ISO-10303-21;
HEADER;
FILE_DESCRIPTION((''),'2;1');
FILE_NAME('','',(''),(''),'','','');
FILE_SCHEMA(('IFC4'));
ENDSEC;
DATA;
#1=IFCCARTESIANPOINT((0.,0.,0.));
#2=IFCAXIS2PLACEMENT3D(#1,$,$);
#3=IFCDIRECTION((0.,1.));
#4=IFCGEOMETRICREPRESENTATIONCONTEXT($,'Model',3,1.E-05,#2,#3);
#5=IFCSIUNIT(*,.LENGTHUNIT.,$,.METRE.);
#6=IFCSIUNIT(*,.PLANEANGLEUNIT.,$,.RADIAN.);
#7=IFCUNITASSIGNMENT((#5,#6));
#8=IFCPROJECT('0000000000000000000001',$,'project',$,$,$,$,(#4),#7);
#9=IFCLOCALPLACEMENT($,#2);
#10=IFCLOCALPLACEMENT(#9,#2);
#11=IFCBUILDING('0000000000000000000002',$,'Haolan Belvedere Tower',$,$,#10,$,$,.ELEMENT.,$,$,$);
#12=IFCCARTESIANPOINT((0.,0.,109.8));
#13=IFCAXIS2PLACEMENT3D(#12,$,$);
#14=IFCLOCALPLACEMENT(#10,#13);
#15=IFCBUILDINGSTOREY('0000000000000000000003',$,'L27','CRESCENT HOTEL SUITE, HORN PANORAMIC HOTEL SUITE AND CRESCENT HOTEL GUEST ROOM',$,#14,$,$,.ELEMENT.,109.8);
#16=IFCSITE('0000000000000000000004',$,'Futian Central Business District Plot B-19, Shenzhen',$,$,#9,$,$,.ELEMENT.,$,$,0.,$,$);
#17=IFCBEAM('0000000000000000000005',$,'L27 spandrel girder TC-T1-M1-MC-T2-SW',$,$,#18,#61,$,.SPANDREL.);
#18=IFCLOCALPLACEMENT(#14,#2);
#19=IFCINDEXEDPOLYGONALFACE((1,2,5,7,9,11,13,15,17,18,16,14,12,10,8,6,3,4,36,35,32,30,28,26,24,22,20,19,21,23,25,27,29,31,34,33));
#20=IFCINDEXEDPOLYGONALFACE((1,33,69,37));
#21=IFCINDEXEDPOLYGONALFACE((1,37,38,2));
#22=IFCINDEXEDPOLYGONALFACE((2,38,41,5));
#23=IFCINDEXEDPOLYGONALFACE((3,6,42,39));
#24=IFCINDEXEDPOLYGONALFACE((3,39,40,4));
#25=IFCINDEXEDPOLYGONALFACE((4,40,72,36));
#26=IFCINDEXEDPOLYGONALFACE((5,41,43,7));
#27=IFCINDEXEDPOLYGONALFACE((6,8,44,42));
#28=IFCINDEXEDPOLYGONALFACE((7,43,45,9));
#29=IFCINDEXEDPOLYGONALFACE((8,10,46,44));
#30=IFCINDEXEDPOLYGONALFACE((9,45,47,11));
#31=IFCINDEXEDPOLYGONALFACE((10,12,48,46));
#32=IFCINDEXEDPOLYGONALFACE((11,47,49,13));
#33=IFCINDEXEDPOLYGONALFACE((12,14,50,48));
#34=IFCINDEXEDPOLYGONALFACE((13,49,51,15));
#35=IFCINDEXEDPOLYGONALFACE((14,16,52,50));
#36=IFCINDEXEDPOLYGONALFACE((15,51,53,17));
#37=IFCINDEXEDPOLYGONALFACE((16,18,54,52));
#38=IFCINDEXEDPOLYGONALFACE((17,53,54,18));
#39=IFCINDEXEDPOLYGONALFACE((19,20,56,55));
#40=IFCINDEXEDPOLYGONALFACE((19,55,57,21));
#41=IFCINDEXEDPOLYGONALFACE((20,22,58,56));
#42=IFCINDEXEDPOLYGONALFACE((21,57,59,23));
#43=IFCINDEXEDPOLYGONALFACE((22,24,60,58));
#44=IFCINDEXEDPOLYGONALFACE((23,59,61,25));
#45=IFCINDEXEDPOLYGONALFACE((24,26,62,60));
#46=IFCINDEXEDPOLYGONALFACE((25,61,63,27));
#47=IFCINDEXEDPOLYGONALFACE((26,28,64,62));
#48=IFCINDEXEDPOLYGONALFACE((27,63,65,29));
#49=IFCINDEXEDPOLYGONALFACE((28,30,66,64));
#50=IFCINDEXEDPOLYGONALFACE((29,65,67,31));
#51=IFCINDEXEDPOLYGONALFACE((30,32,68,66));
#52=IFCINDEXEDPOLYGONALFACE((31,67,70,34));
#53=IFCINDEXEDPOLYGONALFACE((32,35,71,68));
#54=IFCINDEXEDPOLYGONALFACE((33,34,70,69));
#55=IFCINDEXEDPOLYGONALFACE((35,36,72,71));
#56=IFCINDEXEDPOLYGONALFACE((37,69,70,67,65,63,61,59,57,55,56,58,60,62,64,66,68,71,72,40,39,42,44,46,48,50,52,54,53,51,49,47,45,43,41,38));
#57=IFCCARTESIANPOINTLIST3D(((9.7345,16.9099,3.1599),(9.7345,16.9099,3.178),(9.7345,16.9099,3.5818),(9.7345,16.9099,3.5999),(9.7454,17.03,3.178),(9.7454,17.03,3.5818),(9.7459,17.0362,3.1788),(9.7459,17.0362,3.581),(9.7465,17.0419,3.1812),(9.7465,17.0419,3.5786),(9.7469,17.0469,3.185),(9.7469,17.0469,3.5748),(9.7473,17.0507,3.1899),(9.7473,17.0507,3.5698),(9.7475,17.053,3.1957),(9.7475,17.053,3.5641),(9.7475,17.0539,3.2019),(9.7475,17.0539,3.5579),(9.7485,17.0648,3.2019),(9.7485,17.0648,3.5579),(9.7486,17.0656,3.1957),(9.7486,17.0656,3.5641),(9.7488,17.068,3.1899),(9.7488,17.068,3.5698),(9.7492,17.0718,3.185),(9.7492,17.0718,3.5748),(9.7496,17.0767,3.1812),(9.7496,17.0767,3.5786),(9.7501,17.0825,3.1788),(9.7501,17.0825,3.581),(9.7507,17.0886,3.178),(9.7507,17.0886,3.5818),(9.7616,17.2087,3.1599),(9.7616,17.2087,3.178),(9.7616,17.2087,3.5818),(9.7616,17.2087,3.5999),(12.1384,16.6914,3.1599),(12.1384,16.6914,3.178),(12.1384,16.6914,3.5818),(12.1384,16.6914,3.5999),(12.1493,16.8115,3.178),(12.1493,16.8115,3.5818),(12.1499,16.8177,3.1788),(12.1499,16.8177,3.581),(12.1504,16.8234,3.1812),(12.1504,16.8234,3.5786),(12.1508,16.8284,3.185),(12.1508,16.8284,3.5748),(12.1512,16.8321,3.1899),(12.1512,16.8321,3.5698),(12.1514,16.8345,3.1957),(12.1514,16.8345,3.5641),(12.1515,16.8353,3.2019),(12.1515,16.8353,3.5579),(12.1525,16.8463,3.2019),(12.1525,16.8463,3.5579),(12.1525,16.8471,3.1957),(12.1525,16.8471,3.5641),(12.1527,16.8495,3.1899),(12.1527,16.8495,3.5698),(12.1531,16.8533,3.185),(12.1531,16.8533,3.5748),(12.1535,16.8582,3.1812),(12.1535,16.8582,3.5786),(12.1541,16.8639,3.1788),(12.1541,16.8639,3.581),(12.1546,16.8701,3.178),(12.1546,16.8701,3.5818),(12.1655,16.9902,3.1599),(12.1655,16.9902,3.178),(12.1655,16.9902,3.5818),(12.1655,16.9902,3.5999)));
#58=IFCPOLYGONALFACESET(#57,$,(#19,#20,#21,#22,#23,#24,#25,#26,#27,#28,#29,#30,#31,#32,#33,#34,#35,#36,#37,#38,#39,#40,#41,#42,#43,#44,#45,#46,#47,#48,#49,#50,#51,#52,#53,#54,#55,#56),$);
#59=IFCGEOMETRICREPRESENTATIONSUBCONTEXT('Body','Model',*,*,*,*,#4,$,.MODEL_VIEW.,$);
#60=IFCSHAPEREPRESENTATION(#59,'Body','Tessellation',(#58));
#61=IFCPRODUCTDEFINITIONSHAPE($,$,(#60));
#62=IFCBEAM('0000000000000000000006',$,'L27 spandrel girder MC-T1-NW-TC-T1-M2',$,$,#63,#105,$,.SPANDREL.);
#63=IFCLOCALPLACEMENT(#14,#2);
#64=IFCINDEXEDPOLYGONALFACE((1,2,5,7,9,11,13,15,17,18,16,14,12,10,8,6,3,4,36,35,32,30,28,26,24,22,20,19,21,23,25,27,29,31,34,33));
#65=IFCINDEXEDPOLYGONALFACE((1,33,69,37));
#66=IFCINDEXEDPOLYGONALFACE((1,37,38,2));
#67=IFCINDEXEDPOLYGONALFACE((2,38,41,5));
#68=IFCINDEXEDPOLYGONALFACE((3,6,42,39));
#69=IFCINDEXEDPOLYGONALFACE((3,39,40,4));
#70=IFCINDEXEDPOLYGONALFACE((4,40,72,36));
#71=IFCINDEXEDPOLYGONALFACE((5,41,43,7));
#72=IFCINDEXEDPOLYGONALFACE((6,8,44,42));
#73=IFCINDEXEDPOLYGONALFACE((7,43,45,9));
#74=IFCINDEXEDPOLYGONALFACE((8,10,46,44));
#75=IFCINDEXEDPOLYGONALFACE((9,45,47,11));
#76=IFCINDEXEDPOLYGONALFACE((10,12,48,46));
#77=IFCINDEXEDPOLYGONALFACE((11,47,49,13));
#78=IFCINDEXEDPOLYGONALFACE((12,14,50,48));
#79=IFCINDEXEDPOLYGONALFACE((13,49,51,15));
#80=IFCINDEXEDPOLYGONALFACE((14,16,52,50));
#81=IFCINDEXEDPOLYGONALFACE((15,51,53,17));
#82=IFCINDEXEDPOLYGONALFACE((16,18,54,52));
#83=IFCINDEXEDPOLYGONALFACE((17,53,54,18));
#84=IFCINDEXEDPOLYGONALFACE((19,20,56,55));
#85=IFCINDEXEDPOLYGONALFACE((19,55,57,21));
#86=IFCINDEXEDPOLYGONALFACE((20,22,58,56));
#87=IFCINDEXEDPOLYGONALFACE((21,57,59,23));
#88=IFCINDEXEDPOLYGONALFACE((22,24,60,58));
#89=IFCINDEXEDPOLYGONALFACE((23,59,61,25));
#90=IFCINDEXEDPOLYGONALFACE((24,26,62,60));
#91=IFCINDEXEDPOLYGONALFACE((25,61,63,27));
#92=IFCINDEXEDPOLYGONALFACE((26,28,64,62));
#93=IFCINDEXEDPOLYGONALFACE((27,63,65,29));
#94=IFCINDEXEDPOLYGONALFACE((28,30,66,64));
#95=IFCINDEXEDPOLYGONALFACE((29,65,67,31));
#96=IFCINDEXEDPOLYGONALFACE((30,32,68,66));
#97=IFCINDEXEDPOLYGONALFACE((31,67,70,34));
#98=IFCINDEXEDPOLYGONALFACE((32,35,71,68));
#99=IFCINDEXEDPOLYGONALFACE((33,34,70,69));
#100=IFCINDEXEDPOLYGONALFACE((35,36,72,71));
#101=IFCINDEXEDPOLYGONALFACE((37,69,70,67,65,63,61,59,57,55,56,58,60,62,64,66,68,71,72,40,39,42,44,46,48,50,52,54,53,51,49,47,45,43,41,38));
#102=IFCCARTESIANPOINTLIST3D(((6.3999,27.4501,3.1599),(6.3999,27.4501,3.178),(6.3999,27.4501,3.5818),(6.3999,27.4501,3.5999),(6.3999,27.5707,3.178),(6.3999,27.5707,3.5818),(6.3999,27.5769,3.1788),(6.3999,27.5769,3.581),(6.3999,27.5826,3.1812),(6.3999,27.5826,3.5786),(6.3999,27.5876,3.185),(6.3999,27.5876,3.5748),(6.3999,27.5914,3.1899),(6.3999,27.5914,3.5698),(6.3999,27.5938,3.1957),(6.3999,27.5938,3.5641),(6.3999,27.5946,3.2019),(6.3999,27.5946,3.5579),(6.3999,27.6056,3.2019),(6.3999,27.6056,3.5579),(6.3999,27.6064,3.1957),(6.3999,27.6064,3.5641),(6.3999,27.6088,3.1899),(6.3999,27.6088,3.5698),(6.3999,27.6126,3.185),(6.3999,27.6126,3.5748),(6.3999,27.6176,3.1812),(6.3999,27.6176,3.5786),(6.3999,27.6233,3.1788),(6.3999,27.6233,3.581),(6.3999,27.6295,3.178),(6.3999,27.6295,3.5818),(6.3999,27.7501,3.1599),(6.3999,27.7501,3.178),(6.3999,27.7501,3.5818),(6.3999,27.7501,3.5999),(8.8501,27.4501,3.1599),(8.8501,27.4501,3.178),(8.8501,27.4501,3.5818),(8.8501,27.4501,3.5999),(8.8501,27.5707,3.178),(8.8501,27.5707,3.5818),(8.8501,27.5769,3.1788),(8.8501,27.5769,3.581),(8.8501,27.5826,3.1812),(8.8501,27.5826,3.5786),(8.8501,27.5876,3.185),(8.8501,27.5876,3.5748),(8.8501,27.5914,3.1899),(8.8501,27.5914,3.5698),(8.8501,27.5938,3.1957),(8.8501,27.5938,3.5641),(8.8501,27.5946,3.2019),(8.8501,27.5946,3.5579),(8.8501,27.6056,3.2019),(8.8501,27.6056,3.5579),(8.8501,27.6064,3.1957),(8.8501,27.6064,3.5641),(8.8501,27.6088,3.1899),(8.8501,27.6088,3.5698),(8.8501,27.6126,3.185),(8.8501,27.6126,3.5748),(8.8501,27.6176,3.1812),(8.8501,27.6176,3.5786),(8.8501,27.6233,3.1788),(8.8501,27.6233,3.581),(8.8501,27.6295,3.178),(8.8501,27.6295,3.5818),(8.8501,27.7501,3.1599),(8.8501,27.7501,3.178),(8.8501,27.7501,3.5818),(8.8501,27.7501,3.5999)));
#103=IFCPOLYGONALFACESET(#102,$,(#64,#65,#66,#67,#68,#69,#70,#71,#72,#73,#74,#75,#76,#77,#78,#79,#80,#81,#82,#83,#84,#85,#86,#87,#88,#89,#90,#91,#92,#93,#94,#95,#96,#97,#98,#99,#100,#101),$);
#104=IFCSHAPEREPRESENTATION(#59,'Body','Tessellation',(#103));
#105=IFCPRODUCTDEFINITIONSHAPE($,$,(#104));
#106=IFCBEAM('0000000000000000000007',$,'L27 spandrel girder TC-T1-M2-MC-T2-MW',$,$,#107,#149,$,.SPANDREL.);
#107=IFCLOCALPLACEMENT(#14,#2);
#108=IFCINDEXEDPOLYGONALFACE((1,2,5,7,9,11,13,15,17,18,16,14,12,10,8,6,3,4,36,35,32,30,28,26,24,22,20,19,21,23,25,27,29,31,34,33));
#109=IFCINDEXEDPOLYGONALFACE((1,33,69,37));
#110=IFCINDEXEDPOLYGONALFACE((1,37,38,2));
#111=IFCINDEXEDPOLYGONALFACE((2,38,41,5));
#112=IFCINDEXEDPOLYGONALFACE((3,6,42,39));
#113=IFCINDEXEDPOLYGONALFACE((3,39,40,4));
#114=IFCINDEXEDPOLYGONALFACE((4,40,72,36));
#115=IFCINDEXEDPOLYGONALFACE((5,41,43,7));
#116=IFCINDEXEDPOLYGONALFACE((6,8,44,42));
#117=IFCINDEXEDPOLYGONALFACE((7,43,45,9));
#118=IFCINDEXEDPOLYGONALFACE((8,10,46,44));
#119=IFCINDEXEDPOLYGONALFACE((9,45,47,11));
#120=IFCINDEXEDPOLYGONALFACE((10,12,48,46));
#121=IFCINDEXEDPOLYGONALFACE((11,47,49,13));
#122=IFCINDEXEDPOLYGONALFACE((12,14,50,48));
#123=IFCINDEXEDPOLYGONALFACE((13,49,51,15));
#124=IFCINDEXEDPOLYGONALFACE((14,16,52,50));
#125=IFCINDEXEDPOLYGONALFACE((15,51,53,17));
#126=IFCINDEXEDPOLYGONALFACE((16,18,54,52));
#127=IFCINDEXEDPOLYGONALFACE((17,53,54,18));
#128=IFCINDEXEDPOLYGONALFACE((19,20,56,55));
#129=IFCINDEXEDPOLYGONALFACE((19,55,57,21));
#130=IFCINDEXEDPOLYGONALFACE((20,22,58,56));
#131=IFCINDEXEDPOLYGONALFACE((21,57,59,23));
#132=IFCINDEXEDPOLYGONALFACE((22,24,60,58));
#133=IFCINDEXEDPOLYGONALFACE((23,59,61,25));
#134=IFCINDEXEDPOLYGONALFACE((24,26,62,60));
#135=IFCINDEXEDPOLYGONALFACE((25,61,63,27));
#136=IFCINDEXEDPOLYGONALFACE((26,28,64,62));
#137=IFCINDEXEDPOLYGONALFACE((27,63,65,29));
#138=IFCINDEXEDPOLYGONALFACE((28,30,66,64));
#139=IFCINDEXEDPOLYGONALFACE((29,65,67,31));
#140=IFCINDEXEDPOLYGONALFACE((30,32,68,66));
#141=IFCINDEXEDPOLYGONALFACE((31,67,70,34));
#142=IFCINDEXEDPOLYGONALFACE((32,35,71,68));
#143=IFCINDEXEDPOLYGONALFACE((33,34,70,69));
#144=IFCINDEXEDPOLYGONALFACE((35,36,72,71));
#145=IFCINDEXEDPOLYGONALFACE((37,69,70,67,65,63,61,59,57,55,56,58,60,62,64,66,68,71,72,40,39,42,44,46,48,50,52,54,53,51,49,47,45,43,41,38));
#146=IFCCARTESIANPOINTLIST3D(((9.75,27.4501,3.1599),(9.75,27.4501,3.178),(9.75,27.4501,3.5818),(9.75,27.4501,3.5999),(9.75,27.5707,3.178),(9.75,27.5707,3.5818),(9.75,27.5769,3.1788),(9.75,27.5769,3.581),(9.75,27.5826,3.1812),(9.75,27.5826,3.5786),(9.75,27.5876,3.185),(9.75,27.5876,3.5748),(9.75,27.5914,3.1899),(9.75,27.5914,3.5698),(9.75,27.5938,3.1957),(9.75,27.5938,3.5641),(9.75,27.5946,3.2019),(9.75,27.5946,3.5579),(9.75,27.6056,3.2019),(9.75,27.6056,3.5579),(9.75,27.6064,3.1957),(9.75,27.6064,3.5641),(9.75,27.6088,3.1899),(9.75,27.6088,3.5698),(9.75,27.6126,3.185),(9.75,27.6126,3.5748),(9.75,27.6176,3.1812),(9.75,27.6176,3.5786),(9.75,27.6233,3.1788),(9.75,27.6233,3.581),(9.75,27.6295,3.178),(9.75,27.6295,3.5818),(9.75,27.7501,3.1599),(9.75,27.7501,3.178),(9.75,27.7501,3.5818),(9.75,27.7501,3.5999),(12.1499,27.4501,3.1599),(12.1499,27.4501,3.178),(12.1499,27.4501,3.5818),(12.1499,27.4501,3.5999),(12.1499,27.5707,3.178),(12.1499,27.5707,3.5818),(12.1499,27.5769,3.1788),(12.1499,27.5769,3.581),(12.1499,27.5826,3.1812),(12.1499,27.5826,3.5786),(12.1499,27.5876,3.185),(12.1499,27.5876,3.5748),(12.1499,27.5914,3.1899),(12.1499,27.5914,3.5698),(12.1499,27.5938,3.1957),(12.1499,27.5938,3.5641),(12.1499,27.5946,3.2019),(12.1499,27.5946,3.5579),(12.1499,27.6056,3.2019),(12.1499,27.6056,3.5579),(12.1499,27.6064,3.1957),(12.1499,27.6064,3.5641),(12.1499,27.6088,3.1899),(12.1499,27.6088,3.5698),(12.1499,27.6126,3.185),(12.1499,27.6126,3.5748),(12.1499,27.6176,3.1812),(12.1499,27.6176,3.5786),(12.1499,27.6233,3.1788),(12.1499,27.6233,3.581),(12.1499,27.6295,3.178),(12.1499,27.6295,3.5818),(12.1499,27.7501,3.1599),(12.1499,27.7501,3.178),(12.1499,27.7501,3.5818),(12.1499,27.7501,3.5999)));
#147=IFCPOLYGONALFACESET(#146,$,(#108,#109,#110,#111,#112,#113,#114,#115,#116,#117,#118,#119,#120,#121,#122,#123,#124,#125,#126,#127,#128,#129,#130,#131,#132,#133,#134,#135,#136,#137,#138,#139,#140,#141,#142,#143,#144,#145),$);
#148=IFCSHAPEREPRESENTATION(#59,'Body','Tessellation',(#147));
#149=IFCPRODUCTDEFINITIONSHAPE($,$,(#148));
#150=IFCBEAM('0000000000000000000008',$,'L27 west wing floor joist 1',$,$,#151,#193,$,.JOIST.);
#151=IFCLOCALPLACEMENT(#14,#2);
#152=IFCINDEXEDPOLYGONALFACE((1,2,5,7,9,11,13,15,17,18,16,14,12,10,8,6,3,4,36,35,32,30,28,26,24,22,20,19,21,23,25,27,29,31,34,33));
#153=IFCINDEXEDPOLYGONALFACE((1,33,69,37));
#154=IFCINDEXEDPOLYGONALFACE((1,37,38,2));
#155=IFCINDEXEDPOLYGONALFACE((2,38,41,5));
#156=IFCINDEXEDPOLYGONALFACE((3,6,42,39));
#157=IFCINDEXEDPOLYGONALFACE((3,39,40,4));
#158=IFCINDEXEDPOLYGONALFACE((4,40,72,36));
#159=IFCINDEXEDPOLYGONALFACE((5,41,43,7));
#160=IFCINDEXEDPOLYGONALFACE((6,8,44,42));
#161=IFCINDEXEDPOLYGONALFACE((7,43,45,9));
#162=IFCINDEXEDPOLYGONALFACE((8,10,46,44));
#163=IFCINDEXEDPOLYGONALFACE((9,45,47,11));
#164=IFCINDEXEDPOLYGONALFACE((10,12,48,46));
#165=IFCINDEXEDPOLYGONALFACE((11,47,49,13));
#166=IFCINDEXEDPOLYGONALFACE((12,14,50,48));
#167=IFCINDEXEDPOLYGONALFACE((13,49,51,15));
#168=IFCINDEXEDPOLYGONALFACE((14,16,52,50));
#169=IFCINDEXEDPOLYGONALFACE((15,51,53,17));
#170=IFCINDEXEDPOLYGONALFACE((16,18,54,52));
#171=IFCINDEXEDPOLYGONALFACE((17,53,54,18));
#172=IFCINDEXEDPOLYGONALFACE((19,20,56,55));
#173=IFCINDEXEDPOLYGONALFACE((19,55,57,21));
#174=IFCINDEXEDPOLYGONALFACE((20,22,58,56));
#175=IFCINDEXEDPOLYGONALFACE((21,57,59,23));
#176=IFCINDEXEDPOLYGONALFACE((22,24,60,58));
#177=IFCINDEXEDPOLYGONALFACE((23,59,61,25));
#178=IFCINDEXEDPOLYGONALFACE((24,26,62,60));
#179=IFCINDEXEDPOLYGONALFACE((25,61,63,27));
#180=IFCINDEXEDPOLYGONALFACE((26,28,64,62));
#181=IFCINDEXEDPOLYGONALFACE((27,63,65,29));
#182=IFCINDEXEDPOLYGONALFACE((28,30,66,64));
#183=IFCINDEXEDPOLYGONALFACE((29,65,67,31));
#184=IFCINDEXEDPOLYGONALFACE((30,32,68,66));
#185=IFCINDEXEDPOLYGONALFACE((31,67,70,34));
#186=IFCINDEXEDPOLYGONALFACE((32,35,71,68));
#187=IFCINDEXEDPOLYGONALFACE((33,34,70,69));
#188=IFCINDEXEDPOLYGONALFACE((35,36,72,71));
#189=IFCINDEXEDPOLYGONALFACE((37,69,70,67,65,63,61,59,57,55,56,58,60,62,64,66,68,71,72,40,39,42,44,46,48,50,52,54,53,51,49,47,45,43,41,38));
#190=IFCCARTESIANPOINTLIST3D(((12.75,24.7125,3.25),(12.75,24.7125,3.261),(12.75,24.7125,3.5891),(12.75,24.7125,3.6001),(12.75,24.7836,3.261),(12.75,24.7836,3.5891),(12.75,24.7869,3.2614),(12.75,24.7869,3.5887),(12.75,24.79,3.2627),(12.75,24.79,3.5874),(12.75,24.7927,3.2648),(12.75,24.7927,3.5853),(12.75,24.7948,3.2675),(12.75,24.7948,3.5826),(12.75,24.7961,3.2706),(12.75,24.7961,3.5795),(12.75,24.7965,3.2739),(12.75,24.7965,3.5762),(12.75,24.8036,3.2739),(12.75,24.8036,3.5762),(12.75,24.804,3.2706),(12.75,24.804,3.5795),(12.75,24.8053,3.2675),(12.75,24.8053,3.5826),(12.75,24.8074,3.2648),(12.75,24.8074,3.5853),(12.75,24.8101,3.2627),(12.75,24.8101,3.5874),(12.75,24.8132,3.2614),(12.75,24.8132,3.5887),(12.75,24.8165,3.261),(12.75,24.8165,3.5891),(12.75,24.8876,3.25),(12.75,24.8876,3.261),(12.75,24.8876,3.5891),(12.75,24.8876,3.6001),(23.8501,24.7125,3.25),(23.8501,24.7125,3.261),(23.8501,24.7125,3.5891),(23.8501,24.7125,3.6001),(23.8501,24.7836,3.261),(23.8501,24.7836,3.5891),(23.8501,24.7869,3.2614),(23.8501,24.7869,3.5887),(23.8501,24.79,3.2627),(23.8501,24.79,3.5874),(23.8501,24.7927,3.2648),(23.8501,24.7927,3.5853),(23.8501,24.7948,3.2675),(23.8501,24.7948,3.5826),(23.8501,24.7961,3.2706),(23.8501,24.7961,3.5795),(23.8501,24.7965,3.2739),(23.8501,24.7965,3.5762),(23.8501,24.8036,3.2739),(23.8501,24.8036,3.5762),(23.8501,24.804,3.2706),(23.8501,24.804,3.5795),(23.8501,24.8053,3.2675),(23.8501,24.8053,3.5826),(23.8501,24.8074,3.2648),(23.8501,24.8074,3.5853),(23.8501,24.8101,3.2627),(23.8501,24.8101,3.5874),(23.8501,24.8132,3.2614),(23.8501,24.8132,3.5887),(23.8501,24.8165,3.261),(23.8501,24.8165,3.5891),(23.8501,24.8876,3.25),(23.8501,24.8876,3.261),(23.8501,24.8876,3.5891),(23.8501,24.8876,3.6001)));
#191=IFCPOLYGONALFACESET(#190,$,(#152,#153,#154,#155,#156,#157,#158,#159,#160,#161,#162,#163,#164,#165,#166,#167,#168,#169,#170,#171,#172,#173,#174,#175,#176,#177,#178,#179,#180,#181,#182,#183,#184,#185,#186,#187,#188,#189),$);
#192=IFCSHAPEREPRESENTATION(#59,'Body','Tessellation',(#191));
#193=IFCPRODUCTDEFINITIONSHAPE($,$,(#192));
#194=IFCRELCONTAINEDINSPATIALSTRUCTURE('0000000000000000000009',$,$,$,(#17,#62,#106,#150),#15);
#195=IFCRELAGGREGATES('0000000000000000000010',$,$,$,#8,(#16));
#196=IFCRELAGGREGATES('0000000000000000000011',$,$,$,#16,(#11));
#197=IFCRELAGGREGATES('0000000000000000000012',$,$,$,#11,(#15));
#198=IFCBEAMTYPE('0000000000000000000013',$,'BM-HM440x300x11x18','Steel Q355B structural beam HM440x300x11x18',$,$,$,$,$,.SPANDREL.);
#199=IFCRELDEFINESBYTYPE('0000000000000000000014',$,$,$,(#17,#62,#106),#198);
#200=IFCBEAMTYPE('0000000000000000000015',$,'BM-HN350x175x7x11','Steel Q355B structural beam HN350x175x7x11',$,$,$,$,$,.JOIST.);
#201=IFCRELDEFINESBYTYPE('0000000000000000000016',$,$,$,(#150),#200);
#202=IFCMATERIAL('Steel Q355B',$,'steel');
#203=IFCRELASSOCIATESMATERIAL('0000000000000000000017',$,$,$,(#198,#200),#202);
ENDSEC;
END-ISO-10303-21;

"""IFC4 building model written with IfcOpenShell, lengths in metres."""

from ifc_helpers import new_model, si_unit, direction, frame, origin, origin_2d, place, context, subcontext, project, spatial, i_section, extrude, material, material_profile, profile_set, type_object, element, save


model = new_model("IFC4")

# Units and contexts
model_context = context("Model", 3, precision=1e-05, world=origin(), true_north=direction((0.0, 1.0)))
body_context = subcontext(model_context, "Body", "Model", "MODEL_VIEW")
ifc_project = project(units=[si_unit("LENGTHUNIT", "METRE"), si_unit("PLANEANGLEUNIT", "RADIAN")], contexts=[model_context])

# Site, building, storey
site_placement = place(None, origin())
site = spatial("IfcSite", under=ifc_project, at=site_placement, Name="Futian Central Business District Plot B-19, Shenzhen", CompositionType="ELEMENT", RefElevation=0.0)
building_placement = place(site_placement, origin())
building = spatial("IfcBuilding", under=site, at=building_placement, Name="Haolan Belvedere Tower", CompositionType="ELEMENT")
storey_placement = place(building_placement, frame((0.0, 0.0, 109.8)))
storey = spatial("IfcBuildingStorey", under=building, at=storey_placement, Name="L27", Description="CRESCENT HOTEL SUITE, HORN PANORAMIC HOTEL SUITE AND CRESCENT HOTEL GUEST ROOM", CompositionType="ELEMENT", Elevation=109.8)

# Beams
ifc_material_1 = material(Name="Steel Q355B", Category="steel")
ifc_material_profile_1 = material_profile(ifc_material_1, i_section(OverallWidth=0.3, OverallDepth=0.4399, WebThickness=0.011, FlangeThickness=0.0181, FilletRadius=0.0239, at=origin_2d()), Name="Steel Q355B")
ifc_profile_set_1 = profile_set([ifc_material_profile_1], Name="Steel Q355B")
beam_type_1 = type_object("IfcBeamType", Name="BM-HM440x300x11x18", Description="Steel Q355B structural beam HM440x300x11x18", PredefinedType="SPANDREL", material=ifc_profile_set_1)
beam_1_placement = place(storey_placement, frame((9.748, 17.0593, 3.3799), z_axis=(0.995894, -0.090527, 0.0), x_axis=(0.090527, 0.995894, 0.0)))
element("IfcBeam", 1, at=beam_1_placement, inside=storey, type_object=beam_type_1, Name="L27 spandrel girder TC-T1-M1-MC-T2-SW", PredefinedType="SPANDREL", context=body_context, shape_type="SweptSolid", body=[
    extrude(i_section(OverallWidth=0.3, OverallDepth=0.4399, WebThickness=0.011, FlangeThickness=0.0181, FilletRadius=0.0239, at=origin_2d()), origin(), (0.0, 0.0, 1.0), 2.4138),
])
beam_2_placement = place(storey_placement, frame((6.3999, 27.6001, 3.3799), z_axis=(1.0, 0.0, 0.0), x_axis=(0.0, 1.0, 0.0)))
element("IfcBeam", 2, at=beam_2_placement, inside=storey, type_object=beam_type_1, Name="L27 spandrel girder MC-T1-NW-TC-T1-M2", PredefinedType="SPANDREL", context=body_context, shape_type="SweptSolid", body=[
    extrude(i_section(OverallWidth=0.3, OverallDepth=0.4399, WebThickness=0.011, FlangeThickness=0.0181, FilletRadius=0.0239, at=origin_2d()), origin(), (0.0, 0.0, 1.0), 2.4502),
])
beam_3_placement = place(storey_placement, frame((9.75, 27.6001, 3.3799), z_axis=(1.0, 0.0, 0.0), x_axis=(0.0, 1.0, 0.0)))
element("IfcBeam", 3, at=beam_3_placement, inside=storey, type_object=beam_type_1, Name="L27 spandrel girder TC-T1-M2-MC-T2-MW", PredefinedType="SPANDREL", context=body_context, shape_type="SweptSolid", body=[
    extrude(i_section(OverallWidth=0.3, OverallDepth=0.4399, WebThickness=0.011, FlangeThickness=0.0181, FilletRadius=0.0239, at=origin_2d()), origin(), (0.0, 0.0, 1.0), 2.3999),
])
ifc_material_profile_2 = material_profile(ifc_material_1, i_section(OverallWidth=0.175, OverallDepth=0.3501, WebThickness=0.0071, FlangeThickness=0.011, FilletRadius=0.0129, at=origin_2d()), Name="Steel Q355B")
ifc_profile_set_2 = profile_set([ifc_material_profile_2], Name="Steel Q355B")
beam_type_2 = type_object("IfcBeamType", Name="BM-HN350x175x7x11", Description="Steel Q355B structural beam HN350x175x7x11", PredefinedType="JOIST", material=ifc_profile_set_2)
beam_4_placement = place(storey_placement, frame((12.75, 24.8, 3.425), z_axis=(1.0, 0.0, 0.0), x_axis=(0.0, 1.0, 0.0)))
element("IfcBeam", 4, at=beam_4_placement, inside=storey, type_object=beam_type_2, Name="L27 west wing floor joist 1", PredefinedType="JOIST", context=body_context, shape_type="SweptSolid", body=[
    extrude(i_section(OverallWidth=0.175, OverallDepth=0.3501, WebThickness=0.0071, FlangeThickness=0.011, FilletRadius=0.0129, at=origin_2d()), origin(), (0.0, 0.0, 1.0), 11.1001),
])

save(model, "model.ifc")
